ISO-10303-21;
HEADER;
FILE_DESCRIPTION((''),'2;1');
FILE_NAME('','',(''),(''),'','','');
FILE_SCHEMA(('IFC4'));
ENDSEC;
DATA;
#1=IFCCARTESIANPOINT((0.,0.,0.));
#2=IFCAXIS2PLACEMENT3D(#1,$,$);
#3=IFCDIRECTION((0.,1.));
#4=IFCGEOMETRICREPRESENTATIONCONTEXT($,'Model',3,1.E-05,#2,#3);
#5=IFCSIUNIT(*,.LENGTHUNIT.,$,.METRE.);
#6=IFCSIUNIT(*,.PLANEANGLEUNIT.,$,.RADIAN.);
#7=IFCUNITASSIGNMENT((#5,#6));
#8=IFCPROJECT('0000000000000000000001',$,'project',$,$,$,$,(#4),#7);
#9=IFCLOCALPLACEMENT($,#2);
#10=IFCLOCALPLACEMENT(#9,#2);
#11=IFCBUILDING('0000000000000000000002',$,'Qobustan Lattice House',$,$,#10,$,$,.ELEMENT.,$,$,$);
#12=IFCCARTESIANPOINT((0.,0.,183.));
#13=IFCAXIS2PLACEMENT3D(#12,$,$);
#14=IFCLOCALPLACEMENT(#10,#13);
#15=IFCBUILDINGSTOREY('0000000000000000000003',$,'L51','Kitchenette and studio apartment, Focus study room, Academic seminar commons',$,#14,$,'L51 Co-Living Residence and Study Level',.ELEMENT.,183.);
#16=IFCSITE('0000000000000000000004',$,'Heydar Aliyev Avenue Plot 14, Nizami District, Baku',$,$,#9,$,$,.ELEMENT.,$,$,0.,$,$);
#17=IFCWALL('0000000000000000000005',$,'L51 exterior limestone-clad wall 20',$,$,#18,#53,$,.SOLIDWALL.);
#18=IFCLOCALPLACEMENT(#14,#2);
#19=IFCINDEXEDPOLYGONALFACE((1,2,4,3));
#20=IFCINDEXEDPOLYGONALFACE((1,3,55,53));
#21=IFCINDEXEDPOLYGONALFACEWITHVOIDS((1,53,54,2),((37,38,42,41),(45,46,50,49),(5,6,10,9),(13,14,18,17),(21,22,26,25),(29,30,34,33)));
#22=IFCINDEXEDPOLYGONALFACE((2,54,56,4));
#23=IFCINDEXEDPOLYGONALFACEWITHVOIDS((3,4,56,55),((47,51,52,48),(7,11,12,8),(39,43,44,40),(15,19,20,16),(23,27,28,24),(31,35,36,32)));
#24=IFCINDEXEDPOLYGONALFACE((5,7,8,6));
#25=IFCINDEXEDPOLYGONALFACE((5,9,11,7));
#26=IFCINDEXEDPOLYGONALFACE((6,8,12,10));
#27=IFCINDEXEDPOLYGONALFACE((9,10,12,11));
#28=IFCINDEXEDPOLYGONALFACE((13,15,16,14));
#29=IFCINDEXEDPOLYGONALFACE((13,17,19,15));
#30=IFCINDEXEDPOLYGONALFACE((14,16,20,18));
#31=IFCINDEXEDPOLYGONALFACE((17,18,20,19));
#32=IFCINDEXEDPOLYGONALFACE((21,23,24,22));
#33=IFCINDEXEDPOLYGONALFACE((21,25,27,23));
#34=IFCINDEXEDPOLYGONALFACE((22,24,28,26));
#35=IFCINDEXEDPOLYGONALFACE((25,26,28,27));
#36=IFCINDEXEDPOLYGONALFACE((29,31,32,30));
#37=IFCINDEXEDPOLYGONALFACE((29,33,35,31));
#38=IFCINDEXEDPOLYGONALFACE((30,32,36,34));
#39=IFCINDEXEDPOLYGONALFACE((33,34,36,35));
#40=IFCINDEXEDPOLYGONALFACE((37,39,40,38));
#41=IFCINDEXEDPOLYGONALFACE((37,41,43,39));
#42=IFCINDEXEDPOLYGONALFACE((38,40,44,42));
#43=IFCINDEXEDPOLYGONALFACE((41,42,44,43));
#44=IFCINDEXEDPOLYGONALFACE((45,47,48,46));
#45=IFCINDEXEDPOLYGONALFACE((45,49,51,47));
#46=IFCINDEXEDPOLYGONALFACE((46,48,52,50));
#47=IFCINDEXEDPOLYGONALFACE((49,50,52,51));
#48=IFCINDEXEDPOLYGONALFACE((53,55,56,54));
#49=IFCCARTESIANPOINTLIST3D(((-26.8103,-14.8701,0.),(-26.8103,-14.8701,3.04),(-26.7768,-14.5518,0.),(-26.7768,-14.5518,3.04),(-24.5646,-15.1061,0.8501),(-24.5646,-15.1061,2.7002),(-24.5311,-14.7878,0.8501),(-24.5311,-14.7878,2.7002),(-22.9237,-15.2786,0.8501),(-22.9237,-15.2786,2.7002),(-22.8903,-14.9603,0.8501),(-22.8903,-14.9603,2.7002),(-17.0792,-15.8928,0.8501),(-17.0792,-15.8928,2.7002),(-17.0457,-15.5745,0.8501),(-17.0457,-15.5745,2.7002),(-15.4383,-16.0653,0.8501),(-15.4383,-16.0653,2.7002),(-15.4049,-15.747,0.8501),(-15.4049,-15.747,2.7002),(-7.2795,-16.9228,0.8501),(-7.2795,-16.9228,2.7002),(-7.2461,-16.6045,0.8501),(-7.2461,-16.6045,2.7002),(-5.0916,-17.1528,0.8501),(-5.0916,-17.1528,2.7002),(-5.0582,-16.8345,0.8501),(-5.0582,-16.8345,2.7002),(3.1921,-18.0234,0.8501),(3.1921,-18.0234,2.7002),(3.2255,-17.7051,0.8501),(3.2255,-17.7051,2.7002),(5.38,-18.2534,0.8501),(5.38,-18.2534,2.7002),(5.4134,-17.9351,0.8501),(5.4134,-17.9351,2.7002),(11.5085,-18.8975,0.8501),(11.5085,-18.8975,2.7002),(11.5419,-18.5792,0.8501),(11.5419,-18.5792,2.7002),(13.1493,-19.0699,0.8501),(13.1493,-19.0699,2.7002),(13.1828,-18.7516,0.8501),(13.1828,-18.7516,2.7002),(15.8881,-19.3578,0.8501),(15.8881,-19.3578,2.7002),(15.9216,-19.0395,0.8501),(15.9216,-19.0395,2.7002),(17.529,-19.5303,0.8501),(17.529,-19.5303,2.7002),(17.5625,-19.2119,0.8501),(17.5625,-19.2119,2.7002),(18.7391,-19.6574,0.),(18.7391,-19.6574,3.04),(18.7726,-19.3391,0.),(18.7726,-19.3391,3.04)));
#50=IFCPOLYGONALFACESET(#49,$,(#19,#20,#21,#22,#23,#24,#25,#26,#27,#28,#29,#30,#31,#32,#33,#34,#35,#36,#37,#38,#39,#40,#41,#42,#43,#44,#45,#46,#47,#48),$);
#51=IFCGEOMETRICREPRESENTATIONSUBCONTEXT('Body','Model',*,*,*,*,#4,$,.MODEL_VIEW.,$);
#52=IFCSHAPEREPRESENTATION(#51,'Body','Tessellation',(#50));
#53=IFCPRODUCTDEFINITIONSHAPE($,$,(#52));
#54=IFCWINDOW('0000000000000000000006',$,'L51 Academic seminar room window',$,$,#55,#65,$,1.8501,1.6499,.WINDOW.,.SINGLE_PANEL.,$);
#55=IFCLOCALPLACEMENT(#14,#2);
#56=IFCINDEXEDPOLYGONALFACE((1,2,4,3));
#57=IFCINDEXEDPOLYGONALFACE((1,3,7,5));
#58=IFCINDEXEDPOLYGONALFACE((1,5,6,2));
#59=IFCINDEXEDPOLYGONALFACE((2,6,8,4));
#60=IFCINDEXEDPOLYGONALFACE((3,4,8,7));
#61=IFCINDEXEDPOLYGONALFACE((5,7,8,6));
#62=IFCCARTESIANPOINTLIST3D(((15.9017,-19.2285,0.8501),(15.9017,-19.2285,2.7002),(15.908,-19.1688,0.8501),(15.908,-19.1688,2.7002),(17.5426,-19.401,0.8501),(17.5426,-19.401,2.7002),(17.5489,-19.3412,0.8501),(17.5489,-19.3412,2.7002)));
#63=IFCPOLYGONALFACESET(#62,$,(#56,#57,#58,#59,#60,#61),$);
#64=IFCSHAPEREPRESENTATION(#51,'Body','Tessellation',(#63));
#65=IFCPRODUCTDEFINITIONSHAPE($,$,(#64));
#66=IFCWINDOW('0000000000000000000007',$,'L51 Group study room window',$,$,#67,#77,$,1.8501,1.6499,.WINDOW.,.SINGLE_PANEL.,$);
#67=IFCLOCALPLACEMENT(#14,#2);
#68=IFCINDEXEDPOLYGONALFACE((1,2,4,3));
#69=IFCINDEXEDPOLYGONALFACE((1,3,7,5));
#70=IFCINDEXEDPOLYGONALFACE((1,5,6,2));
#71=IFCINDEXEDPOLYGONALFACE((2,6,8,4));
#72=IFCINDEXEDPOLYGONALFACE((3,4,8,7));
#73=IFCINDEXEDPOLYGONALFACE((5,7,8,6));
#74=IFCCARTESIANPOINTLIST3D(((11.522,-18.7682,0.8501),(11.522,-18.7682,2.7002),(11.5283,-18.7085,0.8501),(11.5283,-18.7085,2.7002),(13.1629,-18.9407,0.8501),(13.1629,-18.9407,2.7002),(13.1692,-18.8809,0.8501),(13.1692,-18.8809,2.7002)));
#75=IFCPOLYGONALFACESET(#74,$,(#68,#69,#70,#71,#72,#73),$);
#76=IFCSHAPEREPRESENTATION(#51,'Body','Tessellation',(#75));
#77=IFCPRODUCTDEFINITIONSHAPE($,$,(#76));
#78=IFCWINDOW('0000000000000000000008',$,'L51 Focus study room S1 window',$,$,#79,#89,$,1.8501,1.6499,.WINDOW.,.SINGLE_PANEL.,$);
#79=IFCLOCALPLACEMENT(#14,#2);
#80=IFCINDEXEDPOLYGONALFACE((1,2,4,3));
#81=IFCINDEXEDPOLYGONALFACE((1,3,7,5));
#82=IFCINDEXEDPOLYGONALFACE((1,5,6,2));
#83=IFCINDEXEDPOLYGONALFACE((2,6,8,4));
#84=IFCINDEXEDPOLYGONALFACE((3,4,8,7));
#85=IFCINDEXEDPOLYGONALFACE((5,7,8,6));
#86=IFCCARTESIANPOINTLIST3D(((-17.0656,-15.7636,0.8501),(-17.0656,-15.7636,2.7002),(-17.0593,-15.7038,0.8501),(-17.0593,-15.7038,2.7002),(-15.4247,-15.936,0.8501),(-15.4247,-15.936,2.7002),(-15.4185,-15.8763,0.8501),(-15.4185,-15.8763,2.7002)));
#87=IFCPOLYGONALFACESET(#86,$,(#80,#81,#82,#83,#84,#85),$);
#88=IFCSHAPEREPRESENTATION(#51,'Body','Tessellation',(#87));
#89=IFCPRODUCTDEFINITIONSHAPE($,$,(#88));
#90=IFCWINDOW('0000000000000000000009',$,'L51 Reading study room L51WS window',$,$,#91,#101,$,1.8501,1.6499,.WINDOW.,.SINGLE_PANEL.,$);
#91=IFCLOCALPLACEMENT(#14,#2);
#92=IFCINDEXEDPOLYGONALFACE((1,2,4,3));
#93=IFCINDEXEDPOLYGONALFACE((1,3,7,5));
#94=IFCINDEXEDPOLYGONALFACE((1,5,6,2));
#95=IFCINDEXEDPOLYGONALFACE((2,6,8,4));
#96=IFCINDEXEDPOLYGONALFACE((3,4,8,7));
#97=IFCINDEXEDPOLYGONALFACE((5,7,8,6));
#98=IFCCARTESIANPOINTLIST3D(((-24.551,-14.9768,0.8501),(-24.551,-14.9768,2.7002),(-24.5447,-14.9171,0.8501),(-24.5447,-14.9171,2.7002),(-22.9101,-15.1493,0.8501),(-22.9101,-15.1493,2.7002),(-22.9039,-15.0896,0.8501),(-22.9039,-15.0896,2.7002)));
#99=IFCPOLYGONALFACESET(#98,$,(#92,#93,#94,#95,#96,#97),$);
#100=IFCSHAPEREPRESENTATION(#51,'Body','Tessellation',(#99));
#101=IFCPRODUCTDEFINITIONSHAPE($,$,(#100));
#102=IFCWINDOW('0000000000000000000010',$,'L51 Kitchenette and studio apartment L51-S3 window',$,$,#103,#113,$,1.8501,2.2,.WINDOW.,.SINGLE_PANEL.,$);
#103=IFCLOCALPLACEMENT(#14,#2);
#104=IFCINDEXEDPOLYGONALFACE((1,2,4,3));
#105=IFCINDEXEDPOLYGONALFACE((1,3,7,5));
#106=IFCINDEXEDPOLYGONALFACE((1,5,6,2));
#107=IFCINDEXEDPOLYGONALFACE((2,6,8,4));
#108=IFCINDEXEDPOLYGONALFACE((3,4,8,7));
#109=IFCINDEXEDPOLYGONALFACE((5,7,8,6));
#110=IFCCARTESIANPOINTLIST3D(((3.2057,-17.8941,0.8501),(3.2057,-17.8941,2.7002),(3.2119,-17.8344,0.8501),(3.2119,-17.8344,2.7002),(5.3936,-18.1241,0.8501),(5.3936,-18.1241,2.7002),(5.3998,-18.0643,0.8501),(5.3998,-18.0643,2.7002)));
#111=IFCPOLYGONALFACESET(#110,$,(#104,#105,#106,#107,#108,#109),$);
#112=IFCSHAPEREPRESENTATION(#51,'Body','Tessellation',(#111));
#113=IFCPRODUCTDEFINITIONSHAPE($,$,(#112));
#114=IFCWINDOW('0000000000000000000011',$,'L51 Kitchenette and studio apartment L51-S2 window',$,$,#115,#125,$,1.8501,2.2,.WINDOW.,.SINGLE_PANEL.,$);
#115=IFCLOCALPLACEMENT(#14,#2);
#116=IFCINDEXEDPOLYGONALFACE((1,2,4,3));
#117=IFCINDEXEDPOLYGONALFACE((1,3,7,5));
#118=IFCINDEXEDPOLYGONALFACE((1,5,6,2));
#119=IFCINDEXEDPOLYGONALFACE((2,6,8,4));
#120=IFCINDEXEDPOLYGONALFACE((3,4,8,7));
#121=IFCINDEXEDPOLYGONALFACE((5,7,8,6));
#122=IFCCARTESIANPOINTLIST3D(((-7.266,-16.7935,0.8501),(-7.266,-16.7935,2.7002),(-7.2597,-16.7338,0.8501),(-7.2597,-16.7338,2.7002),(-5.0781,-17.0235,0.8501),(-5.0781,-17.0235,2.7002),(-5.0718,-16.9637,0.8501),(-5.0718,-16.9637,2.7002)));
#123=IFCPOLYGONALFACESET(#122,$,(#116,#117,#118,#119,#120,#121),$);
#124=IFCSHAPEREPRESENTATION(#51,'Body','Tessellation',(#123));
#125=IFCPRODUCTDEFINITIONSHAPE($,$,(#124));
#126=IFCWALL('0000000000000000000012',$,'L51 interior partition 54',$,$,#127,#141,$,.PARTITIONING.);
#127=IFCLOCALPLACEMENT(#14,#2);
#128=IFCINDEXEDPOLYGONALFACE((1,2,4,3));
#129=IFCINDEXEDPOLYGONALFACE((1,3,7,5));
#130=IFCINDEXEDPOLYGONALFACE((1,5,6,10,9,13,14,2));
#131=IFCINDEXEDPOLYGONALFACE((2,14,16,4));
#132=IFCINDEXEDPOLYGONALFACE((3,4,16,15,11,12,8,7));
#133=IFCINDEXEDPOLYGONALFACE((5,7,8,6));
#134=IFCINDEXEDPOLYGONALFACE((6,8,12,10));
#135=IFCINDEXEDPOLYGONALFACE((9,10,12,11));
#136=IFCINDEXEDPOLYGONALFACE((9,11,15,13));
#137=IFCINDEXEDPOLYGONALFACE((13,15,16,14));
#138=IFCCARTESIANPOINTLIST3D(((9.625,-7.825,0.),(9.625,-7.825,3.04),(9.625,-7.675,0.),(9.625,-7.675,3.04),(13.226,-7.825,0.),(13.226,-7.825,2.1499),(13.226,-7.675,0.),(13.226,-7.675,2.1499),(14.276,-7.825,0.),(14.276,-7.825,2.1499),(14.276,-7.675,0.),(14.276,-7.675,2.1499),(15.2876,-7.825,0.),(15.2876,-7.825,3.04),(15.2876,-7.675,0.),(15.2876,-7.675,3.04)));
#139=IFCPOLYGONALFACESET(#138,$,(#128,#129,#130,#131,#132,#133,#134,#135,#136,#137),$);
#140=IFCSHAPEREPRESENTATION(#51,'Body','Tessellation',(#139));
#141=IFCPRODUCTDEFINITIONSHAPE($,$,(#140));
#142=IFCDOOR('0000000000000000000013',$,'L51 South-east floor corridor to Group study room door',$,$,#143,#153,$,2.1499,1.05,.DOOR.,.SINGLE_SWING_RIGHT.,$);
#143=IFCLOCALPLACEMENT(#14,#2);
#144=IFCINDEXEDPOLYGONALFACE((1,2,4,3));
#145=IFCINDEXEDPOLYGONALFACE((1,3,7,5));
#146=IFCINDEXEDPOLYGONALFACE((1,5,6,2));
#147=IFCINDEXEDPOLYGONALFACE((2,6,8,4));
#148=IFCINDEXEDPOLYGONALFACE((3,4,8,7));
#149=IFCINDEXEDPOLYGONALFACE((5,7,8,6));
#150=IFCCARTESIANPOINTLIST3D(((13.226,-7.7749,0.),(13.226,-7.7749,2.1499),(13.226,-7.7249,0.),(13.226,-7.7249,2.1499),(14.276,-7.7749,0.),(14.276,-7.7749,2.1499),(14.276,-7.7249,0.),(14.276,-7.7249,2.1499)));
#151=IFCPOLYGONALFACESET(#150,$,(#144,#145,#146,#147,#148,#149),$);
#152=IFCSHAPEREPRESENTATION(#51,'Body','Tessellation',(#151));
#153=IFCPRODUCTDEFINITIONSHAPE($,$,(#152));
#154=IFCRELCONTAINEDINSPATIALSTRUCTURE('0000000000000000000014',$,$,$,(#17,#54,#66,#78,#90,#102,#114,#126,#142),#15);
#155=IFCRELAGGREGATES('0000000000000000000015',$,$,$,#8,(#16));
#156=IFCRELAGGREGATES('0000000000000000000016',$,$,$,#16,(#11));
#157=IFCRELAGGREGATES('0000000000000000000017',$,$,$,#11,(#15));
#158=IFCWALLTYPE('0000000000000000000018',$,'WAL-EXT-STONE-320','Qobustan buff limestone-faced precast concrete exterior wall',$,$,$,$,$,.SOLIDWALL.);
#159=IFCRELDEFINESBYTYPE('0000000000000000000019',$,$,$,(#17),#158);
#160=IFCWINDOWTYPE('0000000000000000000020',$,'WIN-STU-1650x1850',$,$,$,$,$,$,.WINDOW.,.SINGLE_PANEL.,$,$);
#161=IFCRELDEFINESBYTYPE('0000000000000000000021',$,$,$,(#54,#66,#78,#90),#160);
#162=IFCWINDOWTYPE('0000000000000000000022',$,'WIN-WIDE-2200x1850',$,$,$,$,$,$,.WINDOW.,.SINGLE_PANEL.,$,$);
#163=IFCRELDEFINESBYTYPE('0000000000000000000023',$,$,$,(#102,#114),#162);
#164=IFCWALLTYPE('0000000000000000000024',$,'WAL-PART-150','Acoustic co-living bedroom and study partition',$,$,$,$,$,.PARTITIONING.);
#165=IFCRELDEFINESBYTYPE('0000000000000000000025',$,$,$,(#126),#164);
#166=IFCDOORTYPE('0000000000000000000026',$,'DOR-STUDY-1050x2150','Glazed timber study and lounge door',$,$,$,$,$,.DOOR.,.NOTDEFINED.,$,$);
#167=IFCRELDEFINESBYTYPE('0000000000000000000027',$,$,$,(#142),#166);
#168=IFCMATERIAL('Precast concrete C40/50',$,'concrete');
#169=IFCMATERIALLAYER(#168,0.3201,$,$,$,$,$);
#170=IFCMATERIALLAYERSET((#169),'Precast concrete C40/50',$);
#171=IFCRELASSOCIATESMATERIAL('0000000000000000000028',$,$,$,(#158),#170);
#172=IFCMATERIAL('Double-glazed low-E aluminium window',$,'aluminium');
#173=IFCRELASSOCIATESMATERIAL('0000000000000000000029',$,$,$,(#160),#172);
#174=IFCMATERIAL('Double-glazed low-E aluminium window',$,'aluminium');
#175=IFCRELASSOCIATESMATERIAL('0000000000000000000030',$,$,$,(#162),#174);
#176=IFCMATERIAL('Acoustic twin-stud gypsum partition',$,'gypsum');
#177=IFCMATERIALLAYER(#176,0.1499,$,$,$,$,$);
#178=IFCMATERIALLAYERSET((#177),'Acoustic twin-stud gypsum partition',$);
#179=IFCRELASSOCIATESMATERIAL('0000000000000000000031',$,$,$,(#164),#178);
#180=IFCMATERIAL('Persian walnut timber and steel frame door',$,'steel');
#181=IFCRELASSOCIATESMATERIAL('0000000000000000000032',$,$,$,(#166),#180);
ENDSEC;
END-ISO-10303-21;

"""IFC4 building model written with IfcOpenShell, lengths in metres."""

from ifc_helpers import new_model, si_unit, direction, frame, frame_2d, origin, place, context, subcontext, project, spatial, rectangle, extrude, material, layer, layer_set, type_object, element, fill, save


model = new_model("IFC4")

# Units and contexts
model_context = context("Model", 3, precision=1e-05, world=origin(), true_north=direction((0.0, 1.0)))
body_context = subcontext(model_context, "Body", "Model", "MODEL_VIEW")
ifc_project = project(units=[si_unit("LENGTHUNIT", "METRE"), si_unit("PLANEANGLEUNIT", "RADIAN")], contexts=[model_context])

# Site, building, storey
site_placement = place(None, origin())
site = spatial("IfcSite", under=ifc_project, at=site_placement, Name="Heydar Aliyev Avenue Plot 14, Nizami District, Baku", CompositionType="ELEMENT", RefElevation=0.0)
building_placement = place(site_placement, origin())
building = spatial("IfcBuilding", under=site, at=building_placement, Name="Qobustan Lattice House", CompositionType="ELEMENT")
storey_placement = place(building_placement, frame((0.0, 0.0, 183.0)))
storey = spatial("IfcBuildingStorey", under=building, at=storey_placement, Name="L51", Description="Kitchenette and studio apartment, Focus study room, Academic seminar commons", LongName="L51 Co-Living Residence and Study Level", CompositionType="ELEMENT", Elevation=183.0)

# Shared definitions
ifc_material_1 = material(Name="Precast concrete C40/50", Category="concrete")
ifc_layer_1 = layer(ifc_material_1, 0.3201)
ifc_layer_set_1 = layer_set([ifc_layer_1], Name="Precast concrete C40/50")
wall_type_1 = type_object("IfcWallType", Name="WAL-EXT-STONE-320", Description="Qobustan buff limestone-faced precast concrete exterior wall", PredefinedType="SOLIDWALL", material=ifc_layer_set_1)

# Wall, openings, windows
wall_1_placement = place(storey_placement, frame((18.7559, -19.4983, 0.0), z_axis=(0.0, 0.0, 1.0), x_axis=(-0.994522, 0.104527, 0.0)))
wall_1 = element("IfcWall", 1, at=wall_1_placement, inside=storey, type_object=wall_type_1, Name="L51 exterior limestone-clad wall 20", PredefinedType="SOLIDWALL", context=body_context, shape_type="SweptSolid", body=[
    extrude(rectangle(XDim=45.8003, YDim=0.3201, at=frame_2d((22.9001, 0.0))), origin(), (0.0, 0.0, 1.0), 3.04),
])
opening_1_placement = place(wall_1_placement, frame((1.2168, 0.0, 0.8501)))
opening_1 = element("IfcOpeningElement", 2, at=opening_1_placement, cuts=wall_1, PredefinedType="OPENING", context=body_context, shape_type="SweptSolid", body=[
    extrude(rectangle(XDim=1.6499, YDim=1.8501, at=frame_2d((0.825, 0.925))), frame((0.0, 0.1699, 0.0), z_axis=(0.0, -1.0, 0.0), x_axis=(1.0, 0.0, 0.0)), (0.0, 0.0, 1.0), 0.3401),
])
opening_2_placement = place(wall_1_placement, frame((5.6206, 0.0, 0.8501)))
opening_2 = element("IfcOpeningElement", 3, at=opening_2_placement, cuts=wall_1, PredefinedType="OPENING", context=body_context, shape_type="SweptSolid", body=[
    extrude(rectangle(XDim=1.6499, YDim=1.8501, at=frame_2d((0.825, 0.925))), frame((0.0, 0.1699, 0.0), z_axis=(0.0, -1.0, 0.0), x_axis=(1.0, 0.0, 0.0)), (0.0, 0.0, 1.0), 0.3401),
])
opening_3_placement = place(wall_1_placement, frame((13.4326, 0.0, 0.8501)))
opening_3 = element("IfcOpeningElement", 4, at=opening_3_placement, cuts=wall_1, PredefinedType="OPENING", context=body_context, shape_type="SweptSolid", body=[
    extrude(rectangle(XDim=2.2, YDim=1.8501, at=frame_2d((1.1001, 0.925))), frame((0.0, 0.1699, 0.0), z_axis=(0.0, -1.0, 0.0), x_axis=(1.0, 0.0, 0.0)), (0.0, 0.0, 1.0), 0.3401),
])
opening_4_placement = place(wall_1_placement, frame((23.9619, 0.0, 0.8501)))
opening_4 = element("IfcOpeningElement", 5, at=opening_4_placement, cuts=wall_1, PredefinedType="OPENING", context=body_context, shape_type="SweptSolid", body=[
    extrude(rectangle(XDim=2.2, YDim=1.8501, at=frame_2d((1.1001, 0.925))), frame((0.0, 0.1699, 0.0), z_axis=(0.0, -1.0, 0.0), x_axis=(1.0, 0.0, 0.0)), (0.0, 0.0, 1.0), 0.3401),
])
opening_5_placement = place(wall_1_placement, frame((34.3657, 0.0, 0.8501)))
opening_5 = element("IfcOpeningElement", 6, at=opening_5_placement, cuts=wall_1, PredefinedType="OPENING", context=body_context, shape_type="SweptSolid", body=[
    extrude(rectangle(XDim=1.6499, YDim=1.8501, at=frame_2d((0.825, 0.925))), frame((0.0, 0.1699, 0.0), z_axis=(0.0, -1.0, 0.0), x_axis=(1.0, 0.0, 0.0)), (0.0, 0.0, 1.0), 0.3401),
])
opening_6_placement = place(wall_1_placement, frame((41.8923, 0.0, 0.8501)))
opening_6 = element("IfcOpeningElement", 7, at=opening_6_placement, cuts=wall_1, PredefinedType="OPENING", context=body_context, shape_type="SweptSolid", body=[
    extrude(rectangle(XDim=1.6499, YDim=1.8501, at=frame_2d((0.825, 0.925))), frame((0.0, 0.1699, 0.0), z_axis=(0.0, -1.0, 0.0), x_axis=(1.0, 0.0, 0.0)), (0.0, 0.0, 1.0), 0.3401),
])
ifc_material_2 = material(Name="Double-glazed low-E aluminium window", Category="aluminium")
window_type_1 = type_object("IfcWindowType", Name="WIN-STU-1650x1850", PartitioningType="SINGLE_PANEL", PredefinedType="WINDOW", material=ifc_material_2)
window_1_placement = place(opening_1_placement, origin())
window_1 = element("IfcWindow", 8, at=window_1_placement, inside=storey, type_object=window_type_1, Name="L51 Academic seminar room window", OverallHeight=1.8501, OverallWidth=1.6499, PartitioningType="SINGLE_PANEL", PredefinedType="WINDOW", context=body_context, shape_type="SweptSolid", body=[
    extrude(rectangle(XDim=1.6499, YDim=1.8501, at=frame_2d((0.825, 0.925))), frame((0.0, 0.03, 0.0), z_axis=(0.0, -1.0, 0.0), x_axis=(1.0, 0.0, 0.0)), (0.0, 0.0, 1.0), 0.0601),
])
fill(opening_1, window_1)
window_2_placement = place(opening_2_placement, origin())
window_2 = element("IfcWindow", 9, at=window_2_placement, inside=storey, type_object=window_type_1, Name="L51 Group study room window", OverallHeight=1.8501, OverallWidth=1.6499, PartitioningType="SINGLE_PANEL", PredefinedType="WINDOW", context=body_context, shape_type="SweptSolid", body=[
    extrude(rectangle(XDim=1.6499, YDim=1.8501, at=frame_2d((0.825, 0.925))), frame((0.0, 0.03, 0.0), z_axis=(0.0, -1.0, 0.0), x_axis=(1.0, 0.0, 0.0)), (0.0, 0.0, 1.0), 0.0601),
])
fill(opening_2, window_2)
window_3_placement = place(opening_5_placement, origin())
window_3 = element("IfcWindow", 10, at=window_3_placement, inside=storey, type_object=window_type_1, Name="L51 Focus study room S1 window", OverallHeight=1.8501, OverallWidth=1.6499, PartitioningType="SINGLE_PANEL", PredefinedType="WINDOW", context=body_context, shape_type="SweptSolid", body=[
    extrude(rectangle(XDim=1.6499, YDim=1.8501, at=frame_2d((0.825, 0.925))), frame((0.0, 0.03, 0.0), z_axis=(0.0, -1.0, 0.0), x_axis=(1.0, 0.0, 0.0)), (0.0, 0.0, 1.0), 0.0601),
])
fill(opening_5, window_3)
window_4_placement = place(opening_6_placement, origin())
window_4 = element("IfcWindow", 11, at=window_4_placement, inside=storey, type_object=window_type_1, Name="L51 Reading study room L51WS window", OverallHeight=1.8501, OverallWidth=1.6499, PartitioningType="SINGLE_PANEL", PredefinedType="WINDOW", context=body_context, shape_type="SweptSolid", body=[
    extrude(rectangle(XDim=1.6499, YDim=1.8501, at=frame_2d((0.825, 0.925))), frame((0.0, 0.03, 0.0), z_axis=(0.0, -1.0, 0.0), x_axis=(1.0, 0.0, 0.0)), (0.0, 0.0, 1.0), 0.0601),
])
fill(opening_6, window_4)
ifc_material_3 = material(Name="Double-glazed low-E aluminium window", Category="aluminium")
window_type_2 = type_object("IfcWindowType", Name="WIN-WIDE-2200x1850", PartitioningType="SINGLE_PANEL", PredefinedType="WINDOW", material=ifc_material_3)
window_5_placement = place(opening_3_placement, origin())
window_5 = element("IfcWindow", 12, at=window_5_placement, inside=storey, type_object=window_type_2, Name="L51 Kitchenette and studio apartment L51-S3 window", OverallHeight=1.8501, OverallWidth=2.2, PartitioningType="SINGLE_PANEL", PredefinedType="WINDOW", context=body_context, shape_type="SweptSolid", body=[
    extrude(rectangle(XDim=2.2, YDim=1.8501, at=frame_2d((1.1001, 0.925))), frame((0.0, 0.03, 0.0), z_axis=(0.0, -1.0, 0.0), x_axis=(1.0, 0.0, 0.0)), (0.0, 0.0, 1.0), 0.0601),
])
fill(opening_3, window_5)
window_6_placement = place(opening_4_placement, origin())
window_6 = element("IfcWindow", 13, at=window_6_placement, inside=storey, type_object=window_type_2, Name="L51 Kitchenette and studio apartment L51-S2 window", OverallHeight=1.8501, OverallWidth=2.2, PartitioningType="SINGLE_PANEL", PredefinedType="WINDOW", context=body_context, shape_type="SweptSolid", body=[
    extrude(rectangle(XDim=2.2, YDim=1.8501, at=frame_2d((1.1001, 0.925))), frame((0.0, 0.03, 0.0), z_axis=(0.0, -1.0, 0.0), x_axis=(1.0, 0.0, 0.0)), (0.0, 0.0, 1.0), 0.0601),
])
fill(opening_4, window_6)

# Wall, opening, door
ifc_material_4 = material(Name="Acoustic twin-stud gypsum partition", Category="gypsum")
ifc_layer_2 = layer(ifc_material_4, 0.1499)
ifc_layer_set_2 = layer_set([ifc_layer_2], Name="Acoustic twin-stud gypsum partition")
wall_type_2 = type_object("IfcWallType", Name="WAL-PART-150", Description="Acoustic co-living bedroom and study partition", PredefinedType="PARTITIONING", material=ifc_layer_set_2)
wall_2_placement = place(storey_placement, frame((15.2876, -7.75, 0.0), z_axis=(0.0, 0.0, 1.0), x_axis=(-1.0, 0.0, 0.0)))
wall_2 = element("IfcWall", 14, at=wall_2_placement, inside=storey, type_object=wall_type_2, Name="L51 interior partition 54", PredefinedType="PARTITIONING", context=body_context, shape_type="SweptSolid", body=[
    extrude(rectangle(XDim=5.6626, YDim=0.1499, at=frame_2d((2.8313, 0.0))), origin(), (0.0, 0.0, 1.0), 3.04),
])
opening_7_placement = place(wall_2_placement, frame((1.0117, 0.0, 0.0)))
opening_7 = element("IfcOpeningElement", 15, at=opening_7_placement, cuts=wall_2, PredefinedType="OPENING", context=body_context, shape_type="SweptSolid", body=[
    extrude(rectangle(XDim=1.05, YDim=2.1499, at=frame_2d((0.5249, 1.075))), frame((0.0, 0.085, 0.0), z_axis=(0.0, -1.0, 0.0), x_axis=(1.0, 0.0, 0.0)), (0.0, 0.0, 1.0), 0.1699),
])
ifc_material_5 = material(Name="Persian walnut timber and steel frame door", Category="steel")
door_type = type_object("IfcDoorType", Name="DOR-STUDY-1050x2150", Description="Glazed timber study and lounge door", OperationType="NOTDEFINED", PredefinedType="DOOR", material=ifc_material_5)
door_placement = place(opening_7_placement, origin())
door = element("IfcDoor", 16, at=door_placement, inside=storey, type_object=door_type, Name="L51 South-east floor corridor to Group study room door", OperationType="SINGLE_SWING_RIGHT", OverallHeight=2.1499, OverallWidth=1.05, PredefinedType="DOOR", context=body_context, shape_type="SweptSolid", body=[
    extrude(rectangle(XDim=1.05, YDim=2.1499, at=frame_2d((0.5249, 1.075))), frame((0.0, 0.0249, 0.0), z_axis=(0.0, -1.0, 0.0), x_axis=(1.0, 0.0, 0.0)), (0.0, 0.0, 1.0), 0.05),
])
fill(opening_7, door)

save(model, "model.ifc")
